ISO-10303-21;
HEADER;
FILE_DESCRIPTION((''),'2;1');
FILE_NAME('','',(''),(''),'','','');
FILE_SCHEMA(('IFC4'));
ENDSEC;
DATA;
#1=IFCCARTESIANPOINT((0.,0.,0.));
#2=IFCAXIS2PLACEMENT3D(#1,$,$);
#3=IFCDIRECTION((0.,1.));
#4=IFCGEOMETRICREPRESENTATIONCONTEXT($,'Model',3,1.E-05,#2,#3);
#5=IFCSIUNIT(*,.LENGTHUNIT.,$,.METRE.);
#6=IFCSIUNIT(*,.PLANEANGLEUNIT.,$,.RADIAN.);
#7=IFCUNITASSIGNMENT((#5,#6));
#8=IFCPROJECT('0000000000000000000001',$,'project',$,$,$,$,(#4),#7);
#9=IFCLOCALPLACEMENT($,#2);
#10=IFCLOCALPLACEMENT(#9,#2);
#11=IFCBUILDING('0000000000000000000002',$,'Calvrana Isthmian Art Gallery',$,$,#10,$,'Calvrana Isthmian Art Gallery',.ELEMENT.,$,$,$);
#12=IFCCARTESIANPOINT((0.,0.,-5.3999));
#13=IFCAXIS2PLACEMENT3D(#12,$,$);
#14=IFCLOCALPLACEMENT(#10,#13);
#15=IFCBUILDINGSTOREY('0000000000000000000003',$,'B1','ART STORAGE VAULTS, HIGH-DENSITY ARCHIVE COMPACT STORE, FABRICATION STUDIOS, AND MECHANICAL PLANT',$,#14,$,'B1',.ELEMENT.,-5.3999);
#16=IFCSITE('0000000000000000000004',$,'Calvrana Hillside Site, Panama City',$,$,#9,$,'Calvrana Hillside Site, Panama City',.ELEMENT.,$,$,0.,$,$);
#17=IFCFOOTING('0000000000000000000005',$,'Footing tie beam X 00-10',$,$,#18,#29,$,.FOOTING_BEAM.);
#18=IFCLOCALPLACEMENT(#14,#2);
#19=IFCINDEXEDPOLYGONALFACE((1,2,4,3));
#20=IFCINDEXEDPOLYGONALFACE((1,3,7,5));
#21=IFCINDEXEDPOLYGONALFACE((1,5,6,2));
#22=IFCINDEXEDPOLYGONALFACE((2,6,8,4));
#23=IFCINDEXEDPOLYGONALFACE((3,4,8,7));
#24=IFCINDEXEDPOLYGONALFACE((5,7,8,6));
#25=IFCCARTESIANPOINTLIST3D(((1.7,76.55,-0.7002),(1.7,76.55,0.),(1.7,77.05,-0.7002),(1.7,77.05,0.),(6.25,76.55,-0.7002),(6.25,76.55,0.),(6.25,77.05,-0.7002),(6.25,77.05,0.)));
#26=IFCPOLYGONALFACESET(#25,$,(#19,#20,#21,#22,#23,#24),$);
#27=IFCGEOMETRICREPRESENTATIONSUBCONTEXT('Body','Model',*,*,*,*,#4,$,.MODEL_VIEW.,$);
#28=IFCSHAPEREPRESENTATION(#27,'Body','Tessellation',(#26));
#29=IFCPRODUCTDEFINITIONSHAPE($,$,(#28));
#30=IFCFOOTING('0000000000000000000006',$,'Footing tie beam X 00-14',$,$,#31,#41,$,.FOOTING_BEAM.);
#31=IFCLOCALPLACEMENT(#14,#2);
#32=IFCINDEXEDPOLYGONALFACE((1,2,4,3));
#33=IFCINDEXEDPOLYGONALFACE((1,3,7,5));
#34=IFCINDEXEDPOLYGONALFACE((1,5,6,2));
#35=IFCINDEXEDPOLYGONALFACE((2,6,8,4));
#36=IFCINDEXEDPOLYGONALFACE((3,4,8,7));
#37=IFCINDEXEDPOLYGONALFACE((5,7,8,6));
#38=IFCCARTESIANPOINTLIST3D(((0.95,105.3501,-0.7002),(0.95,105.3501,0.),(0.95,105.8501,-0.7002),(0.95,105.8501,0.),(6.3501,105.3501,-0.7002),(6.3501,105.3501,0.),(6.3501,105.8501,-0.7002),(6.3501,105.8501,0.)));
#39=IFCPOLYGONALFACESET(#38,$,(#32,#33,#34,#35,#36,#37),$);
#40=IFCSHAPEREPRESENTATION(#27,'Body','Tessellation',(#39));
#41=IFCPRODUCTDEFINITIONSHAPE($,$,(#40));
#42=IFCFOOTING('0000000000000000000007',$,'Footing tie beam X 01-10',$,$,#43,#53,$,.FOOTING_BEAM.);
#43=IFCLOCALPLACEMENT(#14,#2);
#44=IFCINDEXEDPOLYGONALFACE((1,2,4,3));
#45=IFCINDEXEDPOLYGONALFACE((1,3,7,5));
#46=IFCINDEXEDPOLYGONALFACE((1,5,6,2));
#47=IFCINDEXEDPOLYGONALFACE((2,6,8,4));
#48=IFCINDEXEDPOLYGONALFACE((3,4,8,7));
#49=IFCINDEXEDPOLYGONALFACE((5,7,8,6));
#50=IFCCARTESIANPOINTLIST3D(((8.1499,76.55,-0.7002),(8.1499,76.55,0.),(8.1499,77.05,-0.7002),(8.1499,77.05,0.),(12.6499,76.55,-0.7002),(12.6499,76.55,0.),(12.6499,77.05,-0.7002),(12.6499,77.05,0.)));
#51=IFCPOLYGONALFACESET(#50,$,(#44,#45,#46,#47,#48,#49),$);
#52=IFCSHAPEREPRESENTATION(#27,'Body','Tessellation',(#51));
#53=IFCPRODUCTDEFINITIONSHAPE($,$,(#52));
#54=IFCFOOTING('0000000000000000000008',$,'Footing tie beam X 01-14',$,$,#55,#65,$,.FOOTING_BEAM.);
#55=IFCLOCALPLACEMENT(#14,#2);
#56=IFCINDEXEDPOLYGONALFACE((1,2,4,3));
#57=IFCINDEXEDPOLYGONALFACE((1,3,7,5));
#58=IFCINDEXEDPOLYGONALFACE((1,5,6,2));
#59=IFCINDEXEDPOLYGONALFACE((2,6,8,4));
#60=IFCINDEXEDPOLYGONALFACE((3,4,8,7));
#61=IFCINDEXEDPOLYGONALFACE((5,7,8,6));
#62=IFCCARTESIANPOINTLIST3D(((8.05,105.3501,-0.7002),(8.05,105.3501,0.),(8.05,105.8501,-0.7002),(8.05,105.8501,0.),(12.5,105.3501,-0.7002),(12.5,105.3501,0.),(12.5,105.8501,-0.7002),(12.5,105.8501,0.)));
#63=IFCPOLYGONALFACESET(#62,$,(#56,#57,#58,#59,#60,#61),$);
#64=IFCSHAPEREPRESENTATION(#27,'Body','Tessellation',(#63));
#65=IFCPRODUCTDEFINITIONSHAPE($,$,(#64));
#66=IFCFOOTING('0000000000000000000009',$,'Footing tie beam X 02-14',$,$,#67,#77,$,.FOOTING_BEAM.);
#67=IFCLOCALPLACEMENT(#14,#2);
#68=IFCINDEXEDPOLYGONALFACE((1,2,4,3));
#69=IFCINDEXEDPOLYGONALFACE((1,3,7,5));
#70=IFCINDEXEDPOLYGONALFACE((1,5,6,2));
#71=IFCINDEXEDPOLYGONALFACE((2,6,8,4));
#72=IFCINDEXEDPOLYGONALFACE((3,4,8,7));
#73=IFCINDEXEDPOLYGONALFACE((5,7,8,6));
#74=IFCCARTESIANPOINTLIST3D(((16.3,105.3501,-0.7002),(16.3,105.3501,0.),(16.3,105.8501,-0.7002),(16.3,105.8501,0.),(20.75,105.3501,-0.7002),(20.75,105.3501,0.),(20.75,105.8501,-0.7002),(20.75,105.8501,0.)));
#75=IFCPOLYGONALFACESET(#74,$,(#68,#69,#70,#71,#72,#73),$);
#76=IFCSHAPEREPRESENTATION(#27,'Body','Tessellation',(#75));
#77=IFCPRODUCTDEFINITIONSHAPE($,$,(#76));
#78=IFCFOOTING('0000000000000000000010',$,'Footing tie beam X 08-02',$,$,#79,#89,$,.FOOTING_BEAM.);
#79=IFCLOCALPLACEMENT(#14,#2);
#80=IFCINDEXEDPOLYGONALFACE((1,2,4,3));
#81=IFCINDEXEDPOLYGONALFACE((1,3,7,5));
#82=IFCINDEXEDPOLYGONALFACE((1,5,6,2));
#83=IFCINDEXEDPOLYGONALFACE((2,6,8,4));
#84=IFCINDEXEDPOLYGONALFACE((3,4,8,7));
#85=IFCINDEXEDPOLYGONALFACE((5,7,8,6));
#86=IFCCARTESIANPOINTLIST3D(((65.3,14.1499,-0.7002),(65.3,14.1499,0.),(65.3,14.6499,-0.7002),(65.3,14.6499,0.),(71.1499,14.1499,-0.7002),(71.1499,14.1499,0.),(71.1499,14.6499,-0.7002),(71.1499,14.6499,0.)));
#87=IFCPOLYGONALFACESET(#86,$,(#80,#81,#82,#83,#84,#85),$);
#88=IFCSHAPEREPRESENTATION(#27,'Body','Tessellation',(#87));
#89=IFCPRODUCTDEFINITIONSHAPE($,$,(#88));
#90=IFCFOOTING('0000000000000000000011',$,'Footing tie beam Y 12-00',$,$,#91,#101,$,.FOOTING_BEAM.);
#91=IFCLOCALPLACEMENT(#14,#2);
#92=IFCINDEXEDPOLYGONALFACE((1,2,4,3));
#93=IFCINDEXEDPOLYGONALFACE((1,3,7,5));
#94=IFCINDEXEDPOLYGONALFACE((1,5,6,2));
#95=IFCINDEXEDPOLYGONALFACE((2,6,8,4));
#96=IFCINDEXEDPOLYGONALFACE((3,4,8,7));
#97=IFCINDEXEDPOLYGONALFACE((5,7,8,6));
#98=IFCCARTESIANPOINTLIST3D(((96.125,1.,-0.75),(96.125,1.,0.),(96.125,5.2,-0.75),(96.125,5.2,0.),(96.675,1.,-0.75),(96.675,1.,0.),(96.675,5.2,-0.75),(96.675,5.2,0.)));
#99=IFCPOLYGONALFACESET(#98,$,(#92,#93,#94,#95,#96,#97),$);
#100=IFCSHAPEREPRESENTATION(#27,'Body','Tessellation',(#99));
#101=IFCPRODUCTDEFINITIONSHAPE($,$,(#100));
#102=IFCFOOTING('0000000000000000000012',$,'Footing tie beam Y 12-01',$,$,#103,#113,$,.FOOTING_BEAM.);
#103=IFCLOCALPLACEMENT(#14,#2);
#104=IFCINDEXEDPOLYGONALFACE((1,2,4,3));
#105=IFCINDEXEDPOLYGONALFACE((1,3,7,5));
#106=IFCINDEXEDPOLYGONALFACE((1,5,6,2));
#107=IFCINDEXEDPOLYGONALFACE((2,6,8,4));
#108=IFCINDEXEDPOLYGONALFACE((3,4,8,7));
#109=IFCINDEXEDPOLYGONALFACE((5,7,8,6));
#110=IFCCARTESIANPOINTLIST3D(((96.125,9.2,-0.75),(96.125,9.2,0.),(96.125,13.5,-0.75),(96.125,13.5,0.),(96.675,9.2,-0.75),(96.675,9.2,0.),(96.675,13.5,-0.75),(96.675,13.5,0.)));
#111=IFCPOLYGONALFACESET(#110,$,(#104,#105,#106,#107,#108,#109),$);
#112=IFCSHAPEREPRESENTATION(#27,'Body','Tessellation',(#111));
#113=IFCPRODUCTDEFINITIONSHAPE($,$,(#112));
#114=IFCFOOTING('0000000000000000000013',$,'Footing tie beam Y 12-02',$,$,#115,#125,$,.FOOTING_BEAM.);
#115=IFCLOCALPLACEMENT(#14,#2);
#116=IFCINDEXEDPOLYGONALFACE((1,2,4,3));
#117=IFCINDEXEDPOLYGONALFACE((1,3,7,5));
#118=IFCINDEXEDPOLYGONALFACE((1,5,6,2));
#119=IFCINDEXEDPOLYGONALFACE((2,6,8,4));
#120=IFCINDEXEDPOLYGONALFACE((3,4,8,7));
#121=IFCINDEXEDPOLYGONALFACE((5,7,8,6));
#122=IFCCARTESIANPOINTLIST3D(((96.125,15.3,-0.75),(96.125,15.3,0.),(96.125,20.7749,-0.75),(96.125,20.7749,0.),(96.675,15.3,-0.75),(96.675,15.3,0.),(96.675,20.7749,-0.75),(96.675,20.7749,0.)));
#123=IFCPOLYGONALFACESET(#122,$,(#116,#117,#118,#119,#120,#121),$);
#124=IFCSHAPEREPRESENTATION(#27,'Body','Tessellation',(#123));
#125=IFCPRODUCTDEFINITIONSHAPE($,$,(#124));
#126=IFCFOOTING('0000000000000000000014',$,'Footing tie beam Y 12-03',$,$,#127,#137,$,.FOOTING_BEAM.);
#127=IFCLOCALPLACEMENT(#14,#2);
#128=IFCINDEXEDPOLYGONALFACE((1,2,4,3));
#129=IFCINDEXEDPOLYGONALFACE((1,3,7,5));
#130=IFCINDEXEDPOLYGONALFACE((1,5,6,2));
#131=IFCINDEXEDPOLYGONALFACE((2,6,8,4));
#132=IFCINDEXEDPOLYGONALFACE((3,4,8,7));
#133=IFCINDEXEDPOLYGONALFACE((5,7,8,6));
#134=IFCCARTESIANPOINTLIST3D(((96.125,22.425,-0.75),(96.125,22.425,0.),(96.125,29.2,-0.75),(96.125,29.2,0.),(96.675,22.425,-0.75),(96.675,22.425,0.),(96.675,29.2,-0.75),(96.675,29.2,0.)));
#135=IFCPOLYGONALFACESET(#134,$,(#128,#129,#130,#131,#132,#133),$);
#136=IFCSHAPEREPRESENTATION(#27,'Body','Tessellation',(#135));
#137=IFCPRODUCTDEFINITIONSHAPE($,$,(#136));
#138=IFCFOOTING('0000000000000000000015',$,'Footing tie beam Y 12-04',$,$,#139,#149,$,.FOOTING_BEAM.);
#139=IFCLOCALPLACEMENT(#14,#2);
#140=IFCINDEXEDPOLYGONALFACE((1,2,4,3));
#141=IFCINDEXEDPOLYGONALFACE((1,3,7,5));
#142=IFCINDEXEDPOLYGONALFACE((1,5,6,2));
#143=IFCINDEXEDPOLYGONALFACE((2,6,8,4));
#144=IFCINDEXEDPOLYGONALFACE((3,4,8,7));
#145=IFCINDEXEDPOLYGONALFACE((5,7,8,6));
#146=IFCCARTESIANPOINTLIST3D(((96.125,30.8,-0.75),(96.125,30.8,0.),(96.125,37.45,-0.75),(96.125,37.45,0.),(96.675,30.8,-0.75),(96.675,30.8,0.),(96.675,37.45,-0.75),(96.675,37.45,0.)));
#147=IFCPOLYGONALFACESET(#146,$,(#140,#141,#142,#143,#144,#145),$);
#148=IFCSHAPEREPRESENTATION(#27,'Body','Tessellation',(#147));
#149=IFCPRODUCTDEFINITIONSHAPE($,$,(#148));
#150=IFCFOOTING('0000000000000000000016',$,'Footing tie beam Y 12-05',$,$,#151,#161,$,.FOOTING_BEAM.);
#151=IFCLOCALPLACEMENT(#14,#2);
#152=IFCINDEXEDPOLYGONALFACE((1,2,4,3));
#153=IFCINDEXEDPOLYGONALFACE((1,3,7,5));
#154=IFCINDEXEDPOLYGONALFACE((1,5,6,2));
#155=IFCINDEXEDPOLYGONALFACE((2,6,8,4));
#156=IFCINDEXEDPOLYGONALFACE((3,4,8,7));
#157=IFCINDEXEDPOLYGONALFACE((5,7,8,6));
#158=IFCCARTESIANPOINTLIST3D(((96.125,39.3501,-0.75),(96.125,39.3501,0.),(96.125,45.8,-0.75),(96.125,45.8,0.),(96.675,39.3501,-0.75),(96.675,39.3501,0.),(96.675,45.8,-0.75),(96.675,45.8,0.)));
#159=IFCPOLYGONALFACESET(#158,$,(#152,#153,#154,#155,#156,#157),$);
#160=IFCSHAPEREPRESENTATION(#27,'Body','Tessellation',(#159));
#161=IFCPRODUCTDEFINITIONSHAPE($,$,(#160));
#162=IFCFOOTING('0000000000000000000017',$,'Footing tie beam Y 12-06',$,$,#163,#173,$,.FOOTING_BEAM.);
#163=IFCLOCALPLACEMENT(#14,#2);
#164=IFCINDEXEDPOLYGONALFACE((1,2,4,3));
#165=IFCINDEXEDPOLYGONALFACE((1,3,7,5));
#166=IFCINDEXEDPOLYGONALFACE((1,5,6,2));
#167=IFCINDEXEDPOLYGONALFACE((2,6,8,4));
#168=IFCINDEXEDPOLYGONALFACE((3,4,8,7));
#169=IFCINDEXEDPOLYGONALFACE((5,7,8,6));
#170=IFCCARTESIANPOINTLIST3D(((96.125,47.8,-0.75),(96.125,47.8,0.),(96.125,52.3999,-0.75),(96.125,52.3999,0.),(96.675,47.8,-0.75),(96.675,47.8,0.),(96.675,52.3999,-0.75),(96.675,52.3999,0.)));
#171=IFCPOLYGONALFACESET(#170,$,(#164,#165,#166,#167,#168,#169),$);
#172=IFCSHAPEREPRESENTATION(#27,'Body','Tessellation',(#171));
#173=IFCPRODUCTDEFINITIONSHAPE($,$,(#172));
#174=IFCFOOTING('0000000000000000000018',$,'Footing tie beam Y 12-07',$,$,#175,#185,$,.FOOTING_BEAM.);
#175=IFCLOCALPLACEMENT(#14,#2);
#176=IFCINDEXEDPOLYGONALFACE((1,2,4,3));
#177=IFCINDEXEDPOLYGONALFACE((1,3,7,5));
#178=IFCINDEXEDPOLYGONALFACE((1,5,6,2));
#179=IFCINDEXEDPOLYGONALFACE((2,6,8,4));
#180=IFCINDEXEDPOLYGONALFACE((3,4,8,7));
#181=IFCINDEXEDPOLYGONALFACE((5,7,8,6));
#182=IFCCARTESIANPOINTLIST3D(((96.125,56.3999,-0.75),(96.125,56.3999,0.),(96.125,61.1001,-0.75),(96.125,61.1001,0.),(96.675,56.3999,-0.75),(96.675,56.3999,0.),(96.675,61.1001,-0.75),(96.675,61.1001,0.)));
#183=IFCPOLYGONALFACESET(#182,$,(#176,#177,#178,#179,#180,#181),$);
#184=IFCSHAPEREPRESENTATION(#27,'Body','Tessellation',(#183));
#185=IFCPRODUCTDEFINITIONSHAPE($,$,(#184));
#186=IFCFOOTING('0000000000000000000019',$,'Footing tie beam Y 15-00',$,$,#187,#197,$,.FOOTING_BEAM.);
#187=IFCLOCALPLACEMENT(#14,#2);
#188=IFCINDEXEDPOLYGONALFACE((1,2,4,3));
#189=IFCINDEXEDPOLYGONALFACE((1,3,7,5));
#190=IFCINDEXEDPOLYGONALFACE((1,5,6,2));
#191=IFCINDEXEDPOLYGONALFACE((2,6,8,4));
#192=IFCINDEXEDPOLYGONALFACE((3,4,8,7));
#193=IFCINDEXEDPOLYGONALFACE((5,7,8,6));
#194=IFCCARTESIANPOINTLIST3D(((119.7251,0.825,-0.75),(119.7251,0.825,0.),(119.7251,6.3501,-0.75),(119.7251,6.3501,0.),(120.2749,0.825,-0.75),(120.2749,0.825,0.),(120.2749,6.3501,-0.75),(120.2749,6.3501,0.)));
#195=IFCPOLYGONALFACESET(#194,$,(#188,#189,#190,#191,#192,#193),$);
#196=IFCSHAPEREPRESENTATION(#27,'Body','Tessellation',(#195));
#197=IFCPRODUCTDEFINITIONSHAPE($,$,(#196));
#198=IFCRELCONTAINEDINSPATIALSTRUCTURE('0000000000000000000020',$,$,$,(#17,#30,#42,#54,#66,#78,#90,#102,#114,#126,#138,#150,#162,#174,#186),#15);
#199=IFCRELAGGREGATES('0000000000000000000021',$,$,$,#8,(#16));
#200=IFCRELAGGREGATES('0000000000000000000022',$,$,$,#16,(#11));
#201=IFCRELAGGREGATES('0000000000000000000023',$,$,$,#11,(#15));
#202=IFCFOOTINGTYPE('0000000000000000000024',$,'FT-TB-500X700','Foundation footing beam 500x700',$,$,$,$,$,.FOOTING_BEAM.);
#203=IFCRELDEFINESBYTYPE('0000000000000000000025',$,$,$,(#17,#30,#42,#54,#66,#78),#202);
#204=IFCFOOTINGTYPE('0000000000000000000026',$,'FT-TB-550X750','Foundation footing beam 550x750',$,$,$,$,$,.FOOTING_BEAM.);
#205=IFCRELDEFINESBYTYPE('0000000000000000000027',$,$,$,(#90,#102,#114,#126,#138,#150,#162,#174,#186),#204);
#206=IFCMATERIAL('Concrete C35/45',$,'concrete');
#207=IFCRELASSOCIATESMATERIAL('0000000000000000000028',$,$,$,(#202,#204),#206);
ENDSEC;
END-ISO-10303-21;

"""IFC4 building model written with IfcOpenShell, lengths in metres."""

from ifc_helpers import new_model, si_unit, direction, frame, origin, place, context, subcontext, project, spatial, polyline, outline, extrude, material, type_object, element, save


model = new_model("IFC4")

# Units and contexts
model_context = context("Model", 3, precision=1e-05, world=origin(), true_north=direction((0.0, 1.0)))
body_context = subcontext(model_context, "Body", "Model", "MODEL_VIEW")
ifc_project = project(units=[si_unit("LENGTHUNIT", "METRE"), si_unit("PLANEANGLEUNIT", "RADIAN")], contexts=[model_context])

# Site, building, storey
site_placement = place(None, origin())
site = spatial("IfcSite", under=ifc_project, at=site_placement, Name="Calvrana Hillside Site, Panama City", LongName="Calvrana Hillside Site, Panama City", CompositionType="ELEMENT", RefElevation=0.0)
building_placement = place(site_placement, origin())
building = spatial("IfcBuilding", under=site, at=building_placement, Name="Calvrana Isthmian Art Gallery", LongName="Calvrana Isthmian Art Gallery", CompositionType="ELEMENT")
storey_placement = place(building_placement, frame((0.0, 0.0, -5.3999)))
storey = spatial("IfcBuildingStorey", under=building, at=storey_placement, Name="B1", Description="ART STORAGE VAULTS, HIGH-DENSITY ARCHIVE COMPACT STORE, FABRICATION STUDIOS, AND MECHANICAL PLANT", LongName="B1", CompositionType="ELEMENT", Elevation=-5.3999)

# Footings
ifc_material = material(Name="Concrete C35/45", Category="concrete")
footing_type_1 = type_object("IfcFootingType", Name="FT-TB-500X700", Description="Foundation footing beam 500x700", PredefinedType="FOOTING_BEAM", material=ifc_material)
footing_1_placement = place(storey_placement, frame((0.0, 0.0, -0.7002)))
element("IfcFooting", 1, at=footing_1_placement, inside=storey, type_object=footing_type_1, Name="Footing tie beam X 00-10", PredefinedType="FOOTING_BEAM", context=body_context, shape_type="SweptSolid", body=[
    extrude(outline(polyline([(1.7, 76.55), (6.25, 76.55), (6.25, 77.05), (1.7, 77.05), (1.7, 76.55)])), origin(), (0.0, 0.0, 1.0), 0.7002),
])
footing_2_placement = place(storey_placement, frame((0.0, 0.0, -0.7002)))
element("IfcFooting", 2, at=footing_2_placement, inside=storey, type_object=footing_type_1, Name="Footing tie beam X 00-14", PredefinedType="FOOTING_BEAM", context=body_context, shape_type="SweptSolid", body=[
    extrude(outline(polyline([(0.95, 105.3501), (6.3501, 105.3501), (6.3501, 105.8501), (0.95, 105.8501), (0.95, 105.3501)])), origin(), (0.0, 0.0, 1.0), 0.7002),
])
footing_3_placement = place(storey_placement, frame((0.0, 0.0, -0.7002)))
element("IfcFooting", 3, at=footing_3_placement, inside=storey, type_object=footing_type_1, Name="Footing tie beam X 01-10", PredefinedType="FOOTING_BEAM", context=body_context, shape_type="SweptSolid", body=[
    extrude(outline(polyline([(8.1499, 76.55), (12.6499, 76.55), (12.6499, 77.05), (8.1499, 77.05), (8.1499, 76.55)])), origin(), (0.0, 0.0, 1.0), 0.7002),
])
footing_4_placement = place(storey_placement, frame((0.0, 0.0, -0.7002)))
element("IfcFooting", 4, at=footing_4_placement, inside=storey, type_object=footing_type_1, Name="Footing tie beam X 01-14", PredefinedType="FOOTING_BEAM", context=body_context, shape_type="SweptSolid", body=[
    extrude(outline(polyline([(8.05, 105.3501), (12.5, 105.3501), (12.5, 105.8501), (8.05, 105.8501), (8.05, 105.3501)])), origin(), (0.0, 0.0, 1.0), 0.7002),
])
footing_5_placement = place(storey_placement, frame((0.0, 0.0, -0.7002)))
element("IfcFooting", 5, at=footing_5_placement, inside=storey, type_object=footing_type_1, Name="Footing tie beam X 02-14", PredefinedType="FOOTING_BEAM", context=body_context, shape_type="SweptSolid", body=[
    extrude(outline(polyline([(16.3, 105.3501), (20.75, 105.3501), (20.75, 105.8501), (16.3, 105.8501), (16.3, 105.3501)])), origin(), (0.0, 0.0, 1.0), 0.7002),
])
footing_6_placement = place(storey_placement, frame((0.0, 0.0, -0.7002)))
element("IfcFooting", 6, at=footing_6_placement, inside=storey, type_object=footing_type_1, Name="Footing tie beam X 08-02", PredefinedType="FOOTING_BEAM", context=body_context, shape_type="SweptSolid", body=[
    extrude(outline(polyline([(65.3, 14.1499), (71.1499, 14.1499), (71.1499, 14.6499), (65.3, 14.6499), (65.3, 14.1499)])), origin(), (0.0, 0.0, 1.0), 0.7002),
])
footing_type_2 = type_object("IfcFootingType", Name="FT-TB-550X750", Description="Foundation footing beam 550x750", PredefinedType="FOOTING_BEAM", material=ifc_material)
footing_7_placement = place(storey_placement, frame((0.0, 0.0, -0.75)))
element("IfcFooting", 7, at=footing_7_placement, inside=storey, type_object=footing_type_2, Name="Footing tie beam Y 12-00", PredefinedType="FOOTING_BEAM", context=body_context, shape_type="SweptSolid", body=[
    extrude(outline(polyline([(96.125, 1.0), (96.675, 1.0), (96.675, 5.2), (96.125, 5.2), (96.125, 1.0)])), origin(), (0.0, 0.0, 1.0), 0.75),
])
footing_8_placement = place(storey_placement, frame((0.0, 0.0, -0.75)))
element("IfcFooting", 8, at=footing_8_placement, inside=storey, type_object=footing_type_2, Name="Footing tie beam Y 12-01", PredefinedType="FOOTING_BEAM", context=body_context, shape_type="SweptSolid", body=[
    extrude(outline(polyline([(96.125, 9.2), (96.675, 9.2), (96.675, 13.5), (96.125, 13.5), (96.125, 9.2)])), origin(), (0.0, 0.0, 1.0), 0.75),
])
footing_9_placement = place(storey_placement, frame((0.0, 0.0, -0.75)))
element("IfcFooting", 9, at=footing_9_placement, inside=storey, type_object=footing_type_2, Name="Footing tie beam Y 12-02", PredefinedType="FOOTING_BEAM", context=body_context, shape_type="SweptSolid", body=[
    extrude(outline(polyline([(96.125, 15.3), (96.675, 15.3), (96.675, 20.7749), (96.125, 20.7749), (96.125, 15.3)])), origin(), (0.0, 0.0, 1.0), 0.75),
])
footing_10_placement = place(storey_placement, frame((0.0, 0.0, -0.75)))
element("IfcFooting", 10, at=footing_10_placement, inside=storey, type_object=footing_type_2, Name="Footing tie beam Y 12-03", PredefinedType="FOOTING_BEAM", context=body_context, shape_type="SweptSolid", body=[
    extrude(outline(polyline([(96.125, 22.425), (96.675, 22.425), (96.675, 29.2), (96.125, 29.2), (96.125, 22.425)])), origin(), (0.0, 0.0, 1.0), 0.75),
])
footing_11_placement = place(storey_placement, frame((0.0, 0.0, -0.75)))
element("IfcFooting", 11, at=footing_11_placement, inside=storey, type_object=footing_type_2, Name="Footing tie beam Y 12-04", PredefinedType="FOOTING_BEAM", context=body_context, shape_type="SweptSolid", body=[
    extrude(outline(polyline([(96.125, 30.8), (96.675, 30.8), (96.675, 37.45), (96.125, 37.45), (96.125, 30.8)])), origin(), (0.0, 0.0, 1.0), 0.75),
])
footing_12_placement = place(storey_placement, frame((0.0, 0.0, -0.75)))
element("IfcFooting", 12, at=footing_12_placement, inside=storey, type_object=footing_type_2, Name="Footing tie beam Y 12-05", PredefinedType="FOOTING_BEAM", context=body_context, shape_type="SweptSolid", body=[
    extrude(outline(polyline([(96.125, 39.3501), (96.675, 39.3501), (96.675, 45.8), (96.125, 45.8), (96.125, 39.3501)])), origin(), (0.0, 0.0, 1.0), 0.75),
])
footing_13_placement = place(storey_placement, frame((0.0, 0.0, -0.75)))
element("IfcFooting", 13, at=footing_13_placement, inside=storey, type_object=footing_type_2, Name="Footing tie beam Y 12-06", PredefinedType="FOOTING_BEAM", context=body_context, shape_type="SweptSolid", body=[
    extrude(outline(polyline([(96.125, 47.8), (96.675, 47.8), (96.675, 52.3999), (96.125, 52.3999), (96.125, 47.8)])), origin(), (0.0, 0.0, 1.0), 0.75),
])
footing_14_placement = place(storey_placement, frame((0.0, 0.0, -0.75)))
element("IfcFooting", 14, at=footing_14_placement, inside=storey, type_object=footing_type_2, Name="Footing tie beam Y 12-07", PredefinedType="FOOTING_BEAM", context=body_context, shape_type="SweptSolid", body=[
    extrude(outline(polyline([(96.125, 56.3999), (96.675, 56.3999), (96.675, 61.1001), (96.125, 61.1001), (96.125, 56.3999)])), origin(), (0.0, 0.0, 1.0), 0.75),
])
footing_15_placement = place(storey_placement, frame((0.0, 0.0, -0.75)))
element("IfcFooting", 15, at=footing_15_placement, inside=storey, type_object=footing_type_2, Name="Footing tie beam Y 15-00", PredefinedType="FOOTING_BEAM", context=body_context, shape_type="SweptSolid", body=[
    extrude(outline(polyline([(119.7251, 0.825), (120.2749, 0.825), (120.2749, 6.3501), (119.7251, 6.3501), (119.7251, 0.825)])), origin(), (0.0, 0.0, 1.0), 0.75),
])

save(model, "model.ifc")
